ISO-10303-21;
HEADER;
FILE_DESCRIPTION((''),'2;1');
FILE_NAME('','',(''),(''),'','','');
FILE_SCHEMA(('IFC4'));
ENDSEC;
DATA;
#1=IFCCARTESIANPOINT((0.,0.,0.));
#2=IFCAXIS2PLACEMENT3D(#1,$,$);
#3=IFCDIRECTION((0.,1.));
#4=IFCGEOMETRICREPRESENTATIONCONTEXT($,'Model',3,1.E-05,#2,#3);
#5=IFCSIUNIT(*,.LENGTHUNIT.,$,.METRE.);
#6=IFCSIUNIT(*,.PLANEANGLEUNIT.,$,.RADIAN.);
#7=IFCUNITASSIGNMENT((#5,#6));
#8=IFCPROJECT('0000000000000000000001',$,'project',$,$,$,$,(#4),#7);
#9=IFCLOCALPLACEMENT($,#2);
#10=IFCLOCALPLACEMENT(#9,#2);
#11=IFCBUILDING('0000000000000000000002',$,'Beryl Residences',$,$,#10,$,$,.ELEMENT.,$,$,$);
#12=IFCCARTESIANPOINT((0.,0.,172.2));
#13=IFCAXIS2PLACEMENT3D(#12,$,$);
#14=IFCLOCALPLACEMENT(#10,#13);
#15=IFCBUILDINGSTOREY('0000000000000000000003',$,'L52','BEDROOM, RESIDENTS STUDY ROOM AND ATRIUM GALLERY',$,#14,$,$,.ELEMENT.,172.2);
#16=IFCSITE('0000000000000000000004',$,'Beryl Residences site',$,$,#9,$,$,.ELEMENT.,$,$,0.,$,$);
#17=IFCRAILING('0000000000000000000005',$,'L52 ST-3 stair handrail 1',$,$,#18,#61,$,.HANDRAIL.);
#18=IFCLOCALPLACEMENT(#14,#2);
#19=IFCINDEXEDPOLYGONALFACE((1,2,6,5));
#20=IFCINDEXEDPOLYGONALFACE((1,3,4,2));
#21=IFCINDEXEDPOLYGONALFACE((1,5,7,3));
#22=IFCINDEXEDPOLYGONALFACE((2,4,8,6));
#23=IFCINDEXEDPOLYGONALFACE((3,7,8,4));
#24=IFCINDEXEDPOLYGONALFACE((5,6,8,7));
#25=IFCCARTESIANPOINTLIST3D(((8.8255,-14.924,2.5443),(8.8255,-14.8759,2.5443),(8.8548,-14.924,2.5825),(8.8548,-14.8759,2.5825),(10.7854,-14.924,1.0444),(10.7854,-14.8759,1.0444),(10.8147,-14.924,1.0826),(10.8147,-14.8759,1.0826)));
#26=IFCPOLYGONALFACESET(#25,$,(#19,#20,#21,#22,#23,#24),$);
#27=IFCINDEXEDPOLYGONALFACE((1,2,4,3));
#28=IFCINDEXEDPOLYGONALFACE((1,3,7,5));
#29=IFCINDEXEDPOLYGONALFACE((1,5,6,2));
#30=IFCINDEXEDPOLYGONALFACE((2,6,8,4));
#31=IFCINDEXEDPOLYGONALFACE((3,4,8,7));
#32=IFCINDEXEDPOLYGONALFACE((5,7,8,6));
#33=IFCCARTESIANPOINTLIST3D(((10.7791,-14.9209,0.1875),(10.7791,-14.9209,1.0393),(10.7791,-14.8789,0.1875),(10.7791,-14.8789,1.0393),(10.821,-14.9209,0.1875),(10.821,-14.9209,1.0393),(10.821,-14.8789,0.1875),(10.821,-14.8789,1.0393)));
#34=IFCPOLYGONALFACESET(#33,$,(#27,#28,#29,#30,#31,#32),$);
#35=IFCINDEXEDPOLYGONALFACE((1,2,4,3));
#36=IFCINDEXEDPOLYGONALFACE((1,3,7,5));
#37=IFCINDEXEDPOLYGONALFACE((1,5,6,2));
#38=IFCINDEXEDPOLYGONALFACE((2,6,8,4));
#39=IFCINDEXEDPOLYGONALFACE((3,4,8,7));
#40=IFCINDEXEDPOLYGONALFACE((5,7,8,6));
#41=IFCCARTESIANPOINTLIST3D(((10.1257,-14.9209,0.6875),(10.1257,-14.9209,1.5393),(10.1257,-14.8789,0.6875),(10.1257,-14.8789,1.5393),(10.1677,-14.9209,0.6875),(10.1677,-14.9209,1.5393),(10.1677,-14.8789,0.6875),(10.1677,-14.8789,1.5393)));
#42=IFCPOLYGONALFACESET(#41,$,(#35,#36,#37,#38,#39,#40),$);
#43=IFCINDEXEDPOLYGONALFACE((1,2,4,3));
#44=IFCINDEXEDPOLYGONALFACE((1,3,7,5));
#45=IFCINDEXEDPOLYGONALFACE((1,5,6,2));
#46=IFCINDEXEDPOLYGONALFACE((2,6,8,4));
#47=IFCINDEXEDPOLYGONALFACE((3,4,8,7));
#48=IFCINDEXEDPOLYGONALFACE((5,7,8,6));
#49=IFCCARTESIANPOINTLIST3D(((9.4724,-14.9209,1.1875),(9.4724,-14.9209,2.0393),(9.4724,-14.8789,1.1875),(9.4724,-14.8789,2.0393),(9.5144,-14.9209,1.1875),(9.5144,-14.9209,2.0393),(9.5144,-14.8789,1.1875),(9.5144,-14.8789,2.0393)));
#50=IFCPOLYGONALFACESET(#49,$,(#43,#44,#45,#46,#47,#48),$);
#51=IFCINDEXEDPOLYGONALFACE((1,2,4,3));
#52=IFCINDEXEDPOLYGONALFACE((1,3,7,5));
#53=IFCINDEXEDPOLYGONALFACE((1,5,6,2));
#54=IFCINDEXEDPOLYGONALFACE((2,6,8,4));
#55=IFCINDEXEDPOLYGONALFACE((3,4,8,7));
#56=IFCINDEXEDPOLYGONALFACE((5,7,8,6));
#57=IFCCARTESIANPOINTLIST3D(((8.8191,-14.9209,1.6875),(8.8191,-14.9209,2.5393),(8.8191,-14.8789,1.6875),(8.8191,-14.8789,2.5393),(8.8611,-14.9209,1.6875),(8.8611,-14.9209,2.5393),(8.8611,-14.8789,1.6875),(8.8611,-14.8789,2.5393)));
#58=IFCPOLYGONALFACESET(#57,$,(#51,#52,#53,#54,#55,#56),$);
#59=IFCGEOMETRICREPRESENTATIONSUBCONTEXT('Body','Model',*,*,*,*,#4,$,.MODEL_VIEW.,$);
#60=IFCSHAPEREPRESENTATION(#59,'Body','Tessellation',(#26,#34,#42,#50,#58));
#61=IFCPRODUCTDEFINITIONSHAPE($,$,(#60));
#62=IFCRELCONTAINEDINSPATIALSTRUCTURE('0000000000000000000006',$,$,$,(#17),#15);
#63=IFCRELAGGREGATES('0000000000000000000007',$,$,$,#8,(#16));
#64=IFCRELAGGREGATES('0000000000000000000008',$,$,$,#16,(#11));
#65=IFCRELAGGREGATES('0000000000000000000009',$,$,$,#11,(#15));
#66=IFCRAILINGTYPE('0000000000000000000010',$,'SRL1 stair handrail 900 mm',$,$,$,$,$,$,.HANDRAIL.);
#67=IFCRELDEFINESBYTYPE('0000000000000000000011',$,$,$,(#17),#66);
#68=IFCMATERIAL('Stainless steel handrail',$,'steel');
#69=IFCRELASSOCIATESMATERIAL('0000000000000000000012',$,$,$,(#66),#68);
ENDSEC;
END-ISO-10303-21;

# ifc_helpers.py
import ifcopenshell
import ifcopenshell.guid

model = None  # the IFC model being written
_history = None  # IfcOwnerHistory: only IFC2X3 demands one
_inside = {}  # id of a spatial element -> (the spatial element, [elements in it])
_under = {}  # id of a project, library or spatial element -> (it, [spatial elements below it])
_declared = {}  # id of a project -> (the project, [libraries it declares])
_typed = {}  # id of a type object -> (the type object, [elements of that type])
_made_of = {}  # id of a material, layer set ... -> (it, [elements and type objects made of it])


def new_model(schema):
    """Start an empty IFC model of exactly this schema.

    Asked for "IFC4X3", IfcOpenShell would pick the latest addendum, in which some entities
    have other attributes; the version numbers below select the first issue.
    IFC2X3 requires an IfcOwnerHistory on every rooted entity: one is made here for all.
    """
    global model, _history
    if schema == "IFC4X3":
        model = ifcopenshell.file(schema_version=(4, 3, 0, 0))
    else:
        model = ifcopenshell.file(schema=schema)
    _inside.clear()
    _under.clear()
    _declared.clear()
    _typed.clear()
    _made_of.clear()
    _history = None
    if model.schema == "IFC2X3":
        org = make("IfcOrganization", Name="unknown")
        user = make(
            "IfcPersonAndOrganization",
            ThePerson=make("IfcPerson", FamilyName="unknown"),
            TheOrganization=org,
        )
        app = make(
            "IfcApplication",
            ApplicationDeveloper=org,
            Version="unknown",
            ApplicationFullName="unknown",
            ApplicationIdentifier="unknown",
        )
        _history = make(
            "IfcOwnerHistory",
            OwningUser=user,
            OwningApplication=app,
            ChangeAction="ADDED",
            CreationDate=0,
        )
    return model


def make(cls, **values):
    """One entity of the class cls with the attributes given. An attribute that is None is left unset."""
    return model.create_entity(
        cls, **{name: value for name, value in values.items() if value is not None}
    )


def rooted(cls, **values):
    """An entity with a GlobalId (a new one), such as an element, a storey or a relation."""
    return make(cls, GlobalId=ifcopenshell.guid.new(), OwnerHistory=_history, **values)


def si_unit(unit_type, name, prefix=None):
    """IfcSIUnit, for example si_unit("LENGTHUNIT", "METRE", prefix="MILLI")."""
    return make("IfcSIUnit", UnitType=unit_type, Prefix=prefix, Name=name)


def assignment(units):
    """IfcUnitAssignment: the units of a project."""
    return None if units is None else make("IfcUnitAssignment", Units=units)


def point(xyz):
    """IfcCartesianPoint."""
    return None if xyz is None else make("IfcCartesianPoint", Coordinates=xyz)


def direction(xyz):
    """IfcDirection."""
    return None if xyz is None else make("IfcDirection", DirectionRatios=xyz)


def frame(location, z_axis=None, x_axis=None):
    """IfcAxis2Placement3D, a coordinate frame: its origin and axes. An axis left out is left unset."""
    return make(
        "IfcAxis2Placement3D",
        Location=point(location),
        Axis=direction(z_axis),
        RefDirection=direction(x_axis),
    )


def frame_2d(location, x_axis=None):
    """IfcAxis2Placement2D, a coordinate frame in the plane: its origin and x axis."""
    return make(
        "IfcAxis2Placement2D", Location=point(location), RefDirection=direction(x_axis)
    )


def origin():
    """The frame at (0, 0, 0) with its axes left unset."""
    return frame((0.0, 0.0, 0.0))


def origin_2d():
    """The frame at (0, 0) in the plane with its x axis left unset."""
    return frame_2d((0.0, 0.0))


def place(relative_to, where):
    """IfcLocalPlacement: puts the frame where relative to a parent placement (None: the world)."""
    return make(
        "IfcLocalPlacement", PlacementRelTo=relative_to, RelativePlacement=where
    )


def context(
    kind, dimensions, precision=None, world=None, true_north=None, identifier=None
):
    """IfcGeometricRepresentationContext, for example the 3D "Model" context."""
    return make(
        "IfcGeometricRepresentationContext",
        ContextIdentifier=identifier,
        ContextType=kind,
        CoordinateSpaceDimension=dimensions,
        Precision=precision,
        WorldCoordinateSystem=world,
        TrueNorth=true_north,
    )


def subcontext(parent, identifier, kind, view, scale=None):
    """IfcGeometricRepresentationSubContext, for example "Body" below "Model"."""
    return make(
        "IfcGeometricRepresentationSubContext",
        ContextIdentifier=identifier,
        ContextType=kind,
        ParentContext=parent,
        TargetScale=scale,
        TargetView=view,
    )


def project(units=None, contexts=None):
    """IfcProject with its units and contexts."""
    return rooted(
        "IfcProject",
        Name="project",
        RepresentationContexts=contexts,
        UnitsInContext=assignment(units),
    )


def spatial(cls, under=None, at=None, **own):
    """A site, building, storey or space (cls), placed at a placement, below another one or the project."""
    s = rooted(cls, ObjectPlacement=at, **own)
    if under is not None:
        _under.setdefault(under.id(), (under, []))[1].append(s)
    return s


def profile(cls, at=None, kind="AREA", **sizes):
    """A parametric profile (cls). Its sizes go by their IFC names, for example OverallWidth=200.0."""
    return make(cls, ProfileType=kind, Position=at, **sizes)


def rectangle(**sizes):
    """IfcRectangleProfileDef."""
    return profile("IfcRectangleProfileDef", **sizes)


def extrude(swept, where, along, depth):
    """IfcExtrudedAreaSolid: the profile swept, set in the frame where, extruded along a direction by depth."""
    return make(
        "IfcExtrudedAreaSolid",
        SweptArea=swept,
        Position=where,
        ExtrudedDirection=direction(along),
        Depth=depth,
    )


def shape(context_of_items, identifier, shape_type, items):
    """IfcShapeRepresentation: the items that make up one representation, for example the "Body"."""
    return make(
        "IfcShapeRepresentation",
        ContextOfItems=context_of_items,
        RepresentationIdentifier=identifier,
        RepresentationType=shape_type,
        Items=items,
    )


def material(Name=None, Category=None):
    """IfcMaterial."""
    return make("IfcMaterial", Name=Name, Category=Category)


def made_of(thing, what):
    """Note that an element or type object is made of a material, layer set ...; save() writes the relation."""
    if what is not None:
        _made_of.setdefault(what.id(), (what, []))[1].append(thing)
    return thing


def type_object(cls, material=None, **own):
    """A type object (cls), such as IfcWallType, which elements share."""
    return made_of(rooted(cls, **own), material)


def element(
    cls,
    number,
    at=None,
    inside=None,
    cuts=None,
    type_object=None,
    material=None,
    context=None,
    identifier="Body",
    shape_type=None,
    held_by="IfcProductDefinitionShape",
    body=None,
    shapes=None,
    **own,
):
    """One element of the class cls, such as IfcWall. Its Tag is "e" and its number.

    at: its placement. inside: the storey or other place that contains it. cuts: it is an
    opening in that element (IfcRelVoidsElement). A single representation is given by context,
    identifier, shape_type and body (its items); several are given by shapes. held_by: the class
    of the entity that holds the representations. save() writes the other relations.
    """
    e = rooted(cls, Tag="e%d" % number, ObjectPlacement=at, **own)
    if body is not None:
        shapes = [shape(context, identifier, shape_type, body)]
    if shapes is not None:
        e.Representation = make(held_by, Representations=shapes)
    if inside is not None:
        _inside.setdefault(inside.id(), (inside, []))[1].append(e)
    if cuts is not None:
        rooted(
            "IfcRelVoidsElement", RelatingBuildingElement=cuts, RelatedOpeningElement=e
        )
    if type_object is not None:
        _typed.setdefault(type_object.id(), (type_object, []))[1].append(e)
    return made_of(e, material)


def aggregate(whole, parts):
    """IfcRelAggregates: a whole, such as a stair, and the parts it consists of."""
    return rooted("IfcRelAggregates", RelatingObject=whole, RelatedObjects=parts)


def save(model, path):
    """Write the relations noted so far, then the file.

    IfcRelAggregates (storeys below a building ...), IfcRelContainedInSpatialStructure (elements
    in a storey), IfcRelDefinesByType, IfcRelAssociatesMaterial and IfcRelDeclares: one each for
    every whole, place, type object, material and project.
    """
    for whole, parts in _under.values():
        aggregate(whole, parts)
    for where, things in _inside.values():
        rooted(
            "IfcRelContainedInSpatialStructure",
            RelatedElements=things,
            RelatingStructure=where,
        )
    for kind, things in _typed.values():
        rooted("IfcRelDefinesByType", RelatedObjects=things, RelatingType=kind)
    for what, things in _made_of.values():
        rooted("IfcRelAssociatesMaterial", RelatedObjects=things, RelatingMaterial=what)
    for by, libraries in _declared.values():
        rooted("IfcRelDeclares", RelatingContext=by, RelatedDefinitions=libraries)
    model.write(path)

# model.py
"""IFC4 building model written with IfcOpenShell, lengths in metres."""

from ifc_helpers import new_model, si_unit, direction, frame, origin, origin_2d, place, context, subcontext, project, spatial, rectangle, extrude, material, type_object, element, save


model = new_model("IFC4")

# Units and contexts
model_context = context("Model", 3, precision=1e-05, world=origin(), true_north=direction((0.0, 1.0)))
body_context = subcontext(model_context, "Body", "Model", "MODEL_VIEW")
ifc_project = project(units=[si_unit("LENGTHUNIT", "METRE"), si_unit("PLANEANGLEUNIT", "RADIAN")], contexts=[model_context])

# Site, building, storey
site_placement = place(None, origin())
site = spatial("IfcSite", under=ifc_project, at=site_placement, Name="Beryl Residences site", CompositionType="ELEMENT", RefElevation=0.0)
building_placement = place(site_placement, origin())
building = spatial("IfcBuilding", under=site, at=building_placement, Name="Beryl Residences", CompositionType="ELEMENT")
storey_placement = place(building_placement, frame((0.0, 0.0, 172.2)))
storey = spatial("IfcBuildingStorey", under=building, at=storey_placement, Name="L52", Description="BEDROOM, RESIDENTS STUDY ROOM AND ATRIUM GALLERY", CompositionType="ELEMENT", Elevation=172.2)

# Railing
ifc_material_1 = material(Name="Stainless steel handrail", Category="steel")
railing_type_1 = type_object("IfcRailingType", Name="SRL1 stair handrail 900 mm", PredefinedType="HANDRAIL", material=ifc_material_1)
railing_1_placement = place(storey_placement, frame((10.8, -14.8999, 0.1875)))
element("IfcRailing", 1, at=railing_1_placement, inside=storey, type_object=railing_type_1, Name="L52 ST-3 stair handrail 1", PredefinedType="HANDRAIL", context=body_context, shape_type="SweptSolid", body=[
    extrude(rectangle(XDim=0.0481, YDim=0.0481, at=origin_2d()), frame((0.0, 0.0, 0.876), z_axis=(-0.794122, 0.0, 0.607758), x_axis=(0.0, -1.0, 0.0)), (0.0, 0.0, 1.0), 2.468),
    extrude(rectangle(XDim=0.042, YDim=0.042, at=origin_2d()), origin(), (0.0, 0.0, 1.0), 0.8518),
    extrude(rectangle(XDim=0.042, YDim=0.042, at=origin_2d()), frame((-0.6533, 0.0, 0.5)), (0.0, 0.0, 1.0), 0.8518),
    extrude(rectangle(XDim=0.042, YDim=0.042, at=origin_2d()), frame((-1.3066, 0.0, 1.0)), (0.0, 0.0, 1.0), 0.8518),
    extrude(rectangle(XDim=0.042, YDim=0.042, at=origin_2d()), frame((-1.96, 0.0, 1.5)), (0.0, 0.0, 1.0), 0.8518),
])

save(model, "model.ifc")
